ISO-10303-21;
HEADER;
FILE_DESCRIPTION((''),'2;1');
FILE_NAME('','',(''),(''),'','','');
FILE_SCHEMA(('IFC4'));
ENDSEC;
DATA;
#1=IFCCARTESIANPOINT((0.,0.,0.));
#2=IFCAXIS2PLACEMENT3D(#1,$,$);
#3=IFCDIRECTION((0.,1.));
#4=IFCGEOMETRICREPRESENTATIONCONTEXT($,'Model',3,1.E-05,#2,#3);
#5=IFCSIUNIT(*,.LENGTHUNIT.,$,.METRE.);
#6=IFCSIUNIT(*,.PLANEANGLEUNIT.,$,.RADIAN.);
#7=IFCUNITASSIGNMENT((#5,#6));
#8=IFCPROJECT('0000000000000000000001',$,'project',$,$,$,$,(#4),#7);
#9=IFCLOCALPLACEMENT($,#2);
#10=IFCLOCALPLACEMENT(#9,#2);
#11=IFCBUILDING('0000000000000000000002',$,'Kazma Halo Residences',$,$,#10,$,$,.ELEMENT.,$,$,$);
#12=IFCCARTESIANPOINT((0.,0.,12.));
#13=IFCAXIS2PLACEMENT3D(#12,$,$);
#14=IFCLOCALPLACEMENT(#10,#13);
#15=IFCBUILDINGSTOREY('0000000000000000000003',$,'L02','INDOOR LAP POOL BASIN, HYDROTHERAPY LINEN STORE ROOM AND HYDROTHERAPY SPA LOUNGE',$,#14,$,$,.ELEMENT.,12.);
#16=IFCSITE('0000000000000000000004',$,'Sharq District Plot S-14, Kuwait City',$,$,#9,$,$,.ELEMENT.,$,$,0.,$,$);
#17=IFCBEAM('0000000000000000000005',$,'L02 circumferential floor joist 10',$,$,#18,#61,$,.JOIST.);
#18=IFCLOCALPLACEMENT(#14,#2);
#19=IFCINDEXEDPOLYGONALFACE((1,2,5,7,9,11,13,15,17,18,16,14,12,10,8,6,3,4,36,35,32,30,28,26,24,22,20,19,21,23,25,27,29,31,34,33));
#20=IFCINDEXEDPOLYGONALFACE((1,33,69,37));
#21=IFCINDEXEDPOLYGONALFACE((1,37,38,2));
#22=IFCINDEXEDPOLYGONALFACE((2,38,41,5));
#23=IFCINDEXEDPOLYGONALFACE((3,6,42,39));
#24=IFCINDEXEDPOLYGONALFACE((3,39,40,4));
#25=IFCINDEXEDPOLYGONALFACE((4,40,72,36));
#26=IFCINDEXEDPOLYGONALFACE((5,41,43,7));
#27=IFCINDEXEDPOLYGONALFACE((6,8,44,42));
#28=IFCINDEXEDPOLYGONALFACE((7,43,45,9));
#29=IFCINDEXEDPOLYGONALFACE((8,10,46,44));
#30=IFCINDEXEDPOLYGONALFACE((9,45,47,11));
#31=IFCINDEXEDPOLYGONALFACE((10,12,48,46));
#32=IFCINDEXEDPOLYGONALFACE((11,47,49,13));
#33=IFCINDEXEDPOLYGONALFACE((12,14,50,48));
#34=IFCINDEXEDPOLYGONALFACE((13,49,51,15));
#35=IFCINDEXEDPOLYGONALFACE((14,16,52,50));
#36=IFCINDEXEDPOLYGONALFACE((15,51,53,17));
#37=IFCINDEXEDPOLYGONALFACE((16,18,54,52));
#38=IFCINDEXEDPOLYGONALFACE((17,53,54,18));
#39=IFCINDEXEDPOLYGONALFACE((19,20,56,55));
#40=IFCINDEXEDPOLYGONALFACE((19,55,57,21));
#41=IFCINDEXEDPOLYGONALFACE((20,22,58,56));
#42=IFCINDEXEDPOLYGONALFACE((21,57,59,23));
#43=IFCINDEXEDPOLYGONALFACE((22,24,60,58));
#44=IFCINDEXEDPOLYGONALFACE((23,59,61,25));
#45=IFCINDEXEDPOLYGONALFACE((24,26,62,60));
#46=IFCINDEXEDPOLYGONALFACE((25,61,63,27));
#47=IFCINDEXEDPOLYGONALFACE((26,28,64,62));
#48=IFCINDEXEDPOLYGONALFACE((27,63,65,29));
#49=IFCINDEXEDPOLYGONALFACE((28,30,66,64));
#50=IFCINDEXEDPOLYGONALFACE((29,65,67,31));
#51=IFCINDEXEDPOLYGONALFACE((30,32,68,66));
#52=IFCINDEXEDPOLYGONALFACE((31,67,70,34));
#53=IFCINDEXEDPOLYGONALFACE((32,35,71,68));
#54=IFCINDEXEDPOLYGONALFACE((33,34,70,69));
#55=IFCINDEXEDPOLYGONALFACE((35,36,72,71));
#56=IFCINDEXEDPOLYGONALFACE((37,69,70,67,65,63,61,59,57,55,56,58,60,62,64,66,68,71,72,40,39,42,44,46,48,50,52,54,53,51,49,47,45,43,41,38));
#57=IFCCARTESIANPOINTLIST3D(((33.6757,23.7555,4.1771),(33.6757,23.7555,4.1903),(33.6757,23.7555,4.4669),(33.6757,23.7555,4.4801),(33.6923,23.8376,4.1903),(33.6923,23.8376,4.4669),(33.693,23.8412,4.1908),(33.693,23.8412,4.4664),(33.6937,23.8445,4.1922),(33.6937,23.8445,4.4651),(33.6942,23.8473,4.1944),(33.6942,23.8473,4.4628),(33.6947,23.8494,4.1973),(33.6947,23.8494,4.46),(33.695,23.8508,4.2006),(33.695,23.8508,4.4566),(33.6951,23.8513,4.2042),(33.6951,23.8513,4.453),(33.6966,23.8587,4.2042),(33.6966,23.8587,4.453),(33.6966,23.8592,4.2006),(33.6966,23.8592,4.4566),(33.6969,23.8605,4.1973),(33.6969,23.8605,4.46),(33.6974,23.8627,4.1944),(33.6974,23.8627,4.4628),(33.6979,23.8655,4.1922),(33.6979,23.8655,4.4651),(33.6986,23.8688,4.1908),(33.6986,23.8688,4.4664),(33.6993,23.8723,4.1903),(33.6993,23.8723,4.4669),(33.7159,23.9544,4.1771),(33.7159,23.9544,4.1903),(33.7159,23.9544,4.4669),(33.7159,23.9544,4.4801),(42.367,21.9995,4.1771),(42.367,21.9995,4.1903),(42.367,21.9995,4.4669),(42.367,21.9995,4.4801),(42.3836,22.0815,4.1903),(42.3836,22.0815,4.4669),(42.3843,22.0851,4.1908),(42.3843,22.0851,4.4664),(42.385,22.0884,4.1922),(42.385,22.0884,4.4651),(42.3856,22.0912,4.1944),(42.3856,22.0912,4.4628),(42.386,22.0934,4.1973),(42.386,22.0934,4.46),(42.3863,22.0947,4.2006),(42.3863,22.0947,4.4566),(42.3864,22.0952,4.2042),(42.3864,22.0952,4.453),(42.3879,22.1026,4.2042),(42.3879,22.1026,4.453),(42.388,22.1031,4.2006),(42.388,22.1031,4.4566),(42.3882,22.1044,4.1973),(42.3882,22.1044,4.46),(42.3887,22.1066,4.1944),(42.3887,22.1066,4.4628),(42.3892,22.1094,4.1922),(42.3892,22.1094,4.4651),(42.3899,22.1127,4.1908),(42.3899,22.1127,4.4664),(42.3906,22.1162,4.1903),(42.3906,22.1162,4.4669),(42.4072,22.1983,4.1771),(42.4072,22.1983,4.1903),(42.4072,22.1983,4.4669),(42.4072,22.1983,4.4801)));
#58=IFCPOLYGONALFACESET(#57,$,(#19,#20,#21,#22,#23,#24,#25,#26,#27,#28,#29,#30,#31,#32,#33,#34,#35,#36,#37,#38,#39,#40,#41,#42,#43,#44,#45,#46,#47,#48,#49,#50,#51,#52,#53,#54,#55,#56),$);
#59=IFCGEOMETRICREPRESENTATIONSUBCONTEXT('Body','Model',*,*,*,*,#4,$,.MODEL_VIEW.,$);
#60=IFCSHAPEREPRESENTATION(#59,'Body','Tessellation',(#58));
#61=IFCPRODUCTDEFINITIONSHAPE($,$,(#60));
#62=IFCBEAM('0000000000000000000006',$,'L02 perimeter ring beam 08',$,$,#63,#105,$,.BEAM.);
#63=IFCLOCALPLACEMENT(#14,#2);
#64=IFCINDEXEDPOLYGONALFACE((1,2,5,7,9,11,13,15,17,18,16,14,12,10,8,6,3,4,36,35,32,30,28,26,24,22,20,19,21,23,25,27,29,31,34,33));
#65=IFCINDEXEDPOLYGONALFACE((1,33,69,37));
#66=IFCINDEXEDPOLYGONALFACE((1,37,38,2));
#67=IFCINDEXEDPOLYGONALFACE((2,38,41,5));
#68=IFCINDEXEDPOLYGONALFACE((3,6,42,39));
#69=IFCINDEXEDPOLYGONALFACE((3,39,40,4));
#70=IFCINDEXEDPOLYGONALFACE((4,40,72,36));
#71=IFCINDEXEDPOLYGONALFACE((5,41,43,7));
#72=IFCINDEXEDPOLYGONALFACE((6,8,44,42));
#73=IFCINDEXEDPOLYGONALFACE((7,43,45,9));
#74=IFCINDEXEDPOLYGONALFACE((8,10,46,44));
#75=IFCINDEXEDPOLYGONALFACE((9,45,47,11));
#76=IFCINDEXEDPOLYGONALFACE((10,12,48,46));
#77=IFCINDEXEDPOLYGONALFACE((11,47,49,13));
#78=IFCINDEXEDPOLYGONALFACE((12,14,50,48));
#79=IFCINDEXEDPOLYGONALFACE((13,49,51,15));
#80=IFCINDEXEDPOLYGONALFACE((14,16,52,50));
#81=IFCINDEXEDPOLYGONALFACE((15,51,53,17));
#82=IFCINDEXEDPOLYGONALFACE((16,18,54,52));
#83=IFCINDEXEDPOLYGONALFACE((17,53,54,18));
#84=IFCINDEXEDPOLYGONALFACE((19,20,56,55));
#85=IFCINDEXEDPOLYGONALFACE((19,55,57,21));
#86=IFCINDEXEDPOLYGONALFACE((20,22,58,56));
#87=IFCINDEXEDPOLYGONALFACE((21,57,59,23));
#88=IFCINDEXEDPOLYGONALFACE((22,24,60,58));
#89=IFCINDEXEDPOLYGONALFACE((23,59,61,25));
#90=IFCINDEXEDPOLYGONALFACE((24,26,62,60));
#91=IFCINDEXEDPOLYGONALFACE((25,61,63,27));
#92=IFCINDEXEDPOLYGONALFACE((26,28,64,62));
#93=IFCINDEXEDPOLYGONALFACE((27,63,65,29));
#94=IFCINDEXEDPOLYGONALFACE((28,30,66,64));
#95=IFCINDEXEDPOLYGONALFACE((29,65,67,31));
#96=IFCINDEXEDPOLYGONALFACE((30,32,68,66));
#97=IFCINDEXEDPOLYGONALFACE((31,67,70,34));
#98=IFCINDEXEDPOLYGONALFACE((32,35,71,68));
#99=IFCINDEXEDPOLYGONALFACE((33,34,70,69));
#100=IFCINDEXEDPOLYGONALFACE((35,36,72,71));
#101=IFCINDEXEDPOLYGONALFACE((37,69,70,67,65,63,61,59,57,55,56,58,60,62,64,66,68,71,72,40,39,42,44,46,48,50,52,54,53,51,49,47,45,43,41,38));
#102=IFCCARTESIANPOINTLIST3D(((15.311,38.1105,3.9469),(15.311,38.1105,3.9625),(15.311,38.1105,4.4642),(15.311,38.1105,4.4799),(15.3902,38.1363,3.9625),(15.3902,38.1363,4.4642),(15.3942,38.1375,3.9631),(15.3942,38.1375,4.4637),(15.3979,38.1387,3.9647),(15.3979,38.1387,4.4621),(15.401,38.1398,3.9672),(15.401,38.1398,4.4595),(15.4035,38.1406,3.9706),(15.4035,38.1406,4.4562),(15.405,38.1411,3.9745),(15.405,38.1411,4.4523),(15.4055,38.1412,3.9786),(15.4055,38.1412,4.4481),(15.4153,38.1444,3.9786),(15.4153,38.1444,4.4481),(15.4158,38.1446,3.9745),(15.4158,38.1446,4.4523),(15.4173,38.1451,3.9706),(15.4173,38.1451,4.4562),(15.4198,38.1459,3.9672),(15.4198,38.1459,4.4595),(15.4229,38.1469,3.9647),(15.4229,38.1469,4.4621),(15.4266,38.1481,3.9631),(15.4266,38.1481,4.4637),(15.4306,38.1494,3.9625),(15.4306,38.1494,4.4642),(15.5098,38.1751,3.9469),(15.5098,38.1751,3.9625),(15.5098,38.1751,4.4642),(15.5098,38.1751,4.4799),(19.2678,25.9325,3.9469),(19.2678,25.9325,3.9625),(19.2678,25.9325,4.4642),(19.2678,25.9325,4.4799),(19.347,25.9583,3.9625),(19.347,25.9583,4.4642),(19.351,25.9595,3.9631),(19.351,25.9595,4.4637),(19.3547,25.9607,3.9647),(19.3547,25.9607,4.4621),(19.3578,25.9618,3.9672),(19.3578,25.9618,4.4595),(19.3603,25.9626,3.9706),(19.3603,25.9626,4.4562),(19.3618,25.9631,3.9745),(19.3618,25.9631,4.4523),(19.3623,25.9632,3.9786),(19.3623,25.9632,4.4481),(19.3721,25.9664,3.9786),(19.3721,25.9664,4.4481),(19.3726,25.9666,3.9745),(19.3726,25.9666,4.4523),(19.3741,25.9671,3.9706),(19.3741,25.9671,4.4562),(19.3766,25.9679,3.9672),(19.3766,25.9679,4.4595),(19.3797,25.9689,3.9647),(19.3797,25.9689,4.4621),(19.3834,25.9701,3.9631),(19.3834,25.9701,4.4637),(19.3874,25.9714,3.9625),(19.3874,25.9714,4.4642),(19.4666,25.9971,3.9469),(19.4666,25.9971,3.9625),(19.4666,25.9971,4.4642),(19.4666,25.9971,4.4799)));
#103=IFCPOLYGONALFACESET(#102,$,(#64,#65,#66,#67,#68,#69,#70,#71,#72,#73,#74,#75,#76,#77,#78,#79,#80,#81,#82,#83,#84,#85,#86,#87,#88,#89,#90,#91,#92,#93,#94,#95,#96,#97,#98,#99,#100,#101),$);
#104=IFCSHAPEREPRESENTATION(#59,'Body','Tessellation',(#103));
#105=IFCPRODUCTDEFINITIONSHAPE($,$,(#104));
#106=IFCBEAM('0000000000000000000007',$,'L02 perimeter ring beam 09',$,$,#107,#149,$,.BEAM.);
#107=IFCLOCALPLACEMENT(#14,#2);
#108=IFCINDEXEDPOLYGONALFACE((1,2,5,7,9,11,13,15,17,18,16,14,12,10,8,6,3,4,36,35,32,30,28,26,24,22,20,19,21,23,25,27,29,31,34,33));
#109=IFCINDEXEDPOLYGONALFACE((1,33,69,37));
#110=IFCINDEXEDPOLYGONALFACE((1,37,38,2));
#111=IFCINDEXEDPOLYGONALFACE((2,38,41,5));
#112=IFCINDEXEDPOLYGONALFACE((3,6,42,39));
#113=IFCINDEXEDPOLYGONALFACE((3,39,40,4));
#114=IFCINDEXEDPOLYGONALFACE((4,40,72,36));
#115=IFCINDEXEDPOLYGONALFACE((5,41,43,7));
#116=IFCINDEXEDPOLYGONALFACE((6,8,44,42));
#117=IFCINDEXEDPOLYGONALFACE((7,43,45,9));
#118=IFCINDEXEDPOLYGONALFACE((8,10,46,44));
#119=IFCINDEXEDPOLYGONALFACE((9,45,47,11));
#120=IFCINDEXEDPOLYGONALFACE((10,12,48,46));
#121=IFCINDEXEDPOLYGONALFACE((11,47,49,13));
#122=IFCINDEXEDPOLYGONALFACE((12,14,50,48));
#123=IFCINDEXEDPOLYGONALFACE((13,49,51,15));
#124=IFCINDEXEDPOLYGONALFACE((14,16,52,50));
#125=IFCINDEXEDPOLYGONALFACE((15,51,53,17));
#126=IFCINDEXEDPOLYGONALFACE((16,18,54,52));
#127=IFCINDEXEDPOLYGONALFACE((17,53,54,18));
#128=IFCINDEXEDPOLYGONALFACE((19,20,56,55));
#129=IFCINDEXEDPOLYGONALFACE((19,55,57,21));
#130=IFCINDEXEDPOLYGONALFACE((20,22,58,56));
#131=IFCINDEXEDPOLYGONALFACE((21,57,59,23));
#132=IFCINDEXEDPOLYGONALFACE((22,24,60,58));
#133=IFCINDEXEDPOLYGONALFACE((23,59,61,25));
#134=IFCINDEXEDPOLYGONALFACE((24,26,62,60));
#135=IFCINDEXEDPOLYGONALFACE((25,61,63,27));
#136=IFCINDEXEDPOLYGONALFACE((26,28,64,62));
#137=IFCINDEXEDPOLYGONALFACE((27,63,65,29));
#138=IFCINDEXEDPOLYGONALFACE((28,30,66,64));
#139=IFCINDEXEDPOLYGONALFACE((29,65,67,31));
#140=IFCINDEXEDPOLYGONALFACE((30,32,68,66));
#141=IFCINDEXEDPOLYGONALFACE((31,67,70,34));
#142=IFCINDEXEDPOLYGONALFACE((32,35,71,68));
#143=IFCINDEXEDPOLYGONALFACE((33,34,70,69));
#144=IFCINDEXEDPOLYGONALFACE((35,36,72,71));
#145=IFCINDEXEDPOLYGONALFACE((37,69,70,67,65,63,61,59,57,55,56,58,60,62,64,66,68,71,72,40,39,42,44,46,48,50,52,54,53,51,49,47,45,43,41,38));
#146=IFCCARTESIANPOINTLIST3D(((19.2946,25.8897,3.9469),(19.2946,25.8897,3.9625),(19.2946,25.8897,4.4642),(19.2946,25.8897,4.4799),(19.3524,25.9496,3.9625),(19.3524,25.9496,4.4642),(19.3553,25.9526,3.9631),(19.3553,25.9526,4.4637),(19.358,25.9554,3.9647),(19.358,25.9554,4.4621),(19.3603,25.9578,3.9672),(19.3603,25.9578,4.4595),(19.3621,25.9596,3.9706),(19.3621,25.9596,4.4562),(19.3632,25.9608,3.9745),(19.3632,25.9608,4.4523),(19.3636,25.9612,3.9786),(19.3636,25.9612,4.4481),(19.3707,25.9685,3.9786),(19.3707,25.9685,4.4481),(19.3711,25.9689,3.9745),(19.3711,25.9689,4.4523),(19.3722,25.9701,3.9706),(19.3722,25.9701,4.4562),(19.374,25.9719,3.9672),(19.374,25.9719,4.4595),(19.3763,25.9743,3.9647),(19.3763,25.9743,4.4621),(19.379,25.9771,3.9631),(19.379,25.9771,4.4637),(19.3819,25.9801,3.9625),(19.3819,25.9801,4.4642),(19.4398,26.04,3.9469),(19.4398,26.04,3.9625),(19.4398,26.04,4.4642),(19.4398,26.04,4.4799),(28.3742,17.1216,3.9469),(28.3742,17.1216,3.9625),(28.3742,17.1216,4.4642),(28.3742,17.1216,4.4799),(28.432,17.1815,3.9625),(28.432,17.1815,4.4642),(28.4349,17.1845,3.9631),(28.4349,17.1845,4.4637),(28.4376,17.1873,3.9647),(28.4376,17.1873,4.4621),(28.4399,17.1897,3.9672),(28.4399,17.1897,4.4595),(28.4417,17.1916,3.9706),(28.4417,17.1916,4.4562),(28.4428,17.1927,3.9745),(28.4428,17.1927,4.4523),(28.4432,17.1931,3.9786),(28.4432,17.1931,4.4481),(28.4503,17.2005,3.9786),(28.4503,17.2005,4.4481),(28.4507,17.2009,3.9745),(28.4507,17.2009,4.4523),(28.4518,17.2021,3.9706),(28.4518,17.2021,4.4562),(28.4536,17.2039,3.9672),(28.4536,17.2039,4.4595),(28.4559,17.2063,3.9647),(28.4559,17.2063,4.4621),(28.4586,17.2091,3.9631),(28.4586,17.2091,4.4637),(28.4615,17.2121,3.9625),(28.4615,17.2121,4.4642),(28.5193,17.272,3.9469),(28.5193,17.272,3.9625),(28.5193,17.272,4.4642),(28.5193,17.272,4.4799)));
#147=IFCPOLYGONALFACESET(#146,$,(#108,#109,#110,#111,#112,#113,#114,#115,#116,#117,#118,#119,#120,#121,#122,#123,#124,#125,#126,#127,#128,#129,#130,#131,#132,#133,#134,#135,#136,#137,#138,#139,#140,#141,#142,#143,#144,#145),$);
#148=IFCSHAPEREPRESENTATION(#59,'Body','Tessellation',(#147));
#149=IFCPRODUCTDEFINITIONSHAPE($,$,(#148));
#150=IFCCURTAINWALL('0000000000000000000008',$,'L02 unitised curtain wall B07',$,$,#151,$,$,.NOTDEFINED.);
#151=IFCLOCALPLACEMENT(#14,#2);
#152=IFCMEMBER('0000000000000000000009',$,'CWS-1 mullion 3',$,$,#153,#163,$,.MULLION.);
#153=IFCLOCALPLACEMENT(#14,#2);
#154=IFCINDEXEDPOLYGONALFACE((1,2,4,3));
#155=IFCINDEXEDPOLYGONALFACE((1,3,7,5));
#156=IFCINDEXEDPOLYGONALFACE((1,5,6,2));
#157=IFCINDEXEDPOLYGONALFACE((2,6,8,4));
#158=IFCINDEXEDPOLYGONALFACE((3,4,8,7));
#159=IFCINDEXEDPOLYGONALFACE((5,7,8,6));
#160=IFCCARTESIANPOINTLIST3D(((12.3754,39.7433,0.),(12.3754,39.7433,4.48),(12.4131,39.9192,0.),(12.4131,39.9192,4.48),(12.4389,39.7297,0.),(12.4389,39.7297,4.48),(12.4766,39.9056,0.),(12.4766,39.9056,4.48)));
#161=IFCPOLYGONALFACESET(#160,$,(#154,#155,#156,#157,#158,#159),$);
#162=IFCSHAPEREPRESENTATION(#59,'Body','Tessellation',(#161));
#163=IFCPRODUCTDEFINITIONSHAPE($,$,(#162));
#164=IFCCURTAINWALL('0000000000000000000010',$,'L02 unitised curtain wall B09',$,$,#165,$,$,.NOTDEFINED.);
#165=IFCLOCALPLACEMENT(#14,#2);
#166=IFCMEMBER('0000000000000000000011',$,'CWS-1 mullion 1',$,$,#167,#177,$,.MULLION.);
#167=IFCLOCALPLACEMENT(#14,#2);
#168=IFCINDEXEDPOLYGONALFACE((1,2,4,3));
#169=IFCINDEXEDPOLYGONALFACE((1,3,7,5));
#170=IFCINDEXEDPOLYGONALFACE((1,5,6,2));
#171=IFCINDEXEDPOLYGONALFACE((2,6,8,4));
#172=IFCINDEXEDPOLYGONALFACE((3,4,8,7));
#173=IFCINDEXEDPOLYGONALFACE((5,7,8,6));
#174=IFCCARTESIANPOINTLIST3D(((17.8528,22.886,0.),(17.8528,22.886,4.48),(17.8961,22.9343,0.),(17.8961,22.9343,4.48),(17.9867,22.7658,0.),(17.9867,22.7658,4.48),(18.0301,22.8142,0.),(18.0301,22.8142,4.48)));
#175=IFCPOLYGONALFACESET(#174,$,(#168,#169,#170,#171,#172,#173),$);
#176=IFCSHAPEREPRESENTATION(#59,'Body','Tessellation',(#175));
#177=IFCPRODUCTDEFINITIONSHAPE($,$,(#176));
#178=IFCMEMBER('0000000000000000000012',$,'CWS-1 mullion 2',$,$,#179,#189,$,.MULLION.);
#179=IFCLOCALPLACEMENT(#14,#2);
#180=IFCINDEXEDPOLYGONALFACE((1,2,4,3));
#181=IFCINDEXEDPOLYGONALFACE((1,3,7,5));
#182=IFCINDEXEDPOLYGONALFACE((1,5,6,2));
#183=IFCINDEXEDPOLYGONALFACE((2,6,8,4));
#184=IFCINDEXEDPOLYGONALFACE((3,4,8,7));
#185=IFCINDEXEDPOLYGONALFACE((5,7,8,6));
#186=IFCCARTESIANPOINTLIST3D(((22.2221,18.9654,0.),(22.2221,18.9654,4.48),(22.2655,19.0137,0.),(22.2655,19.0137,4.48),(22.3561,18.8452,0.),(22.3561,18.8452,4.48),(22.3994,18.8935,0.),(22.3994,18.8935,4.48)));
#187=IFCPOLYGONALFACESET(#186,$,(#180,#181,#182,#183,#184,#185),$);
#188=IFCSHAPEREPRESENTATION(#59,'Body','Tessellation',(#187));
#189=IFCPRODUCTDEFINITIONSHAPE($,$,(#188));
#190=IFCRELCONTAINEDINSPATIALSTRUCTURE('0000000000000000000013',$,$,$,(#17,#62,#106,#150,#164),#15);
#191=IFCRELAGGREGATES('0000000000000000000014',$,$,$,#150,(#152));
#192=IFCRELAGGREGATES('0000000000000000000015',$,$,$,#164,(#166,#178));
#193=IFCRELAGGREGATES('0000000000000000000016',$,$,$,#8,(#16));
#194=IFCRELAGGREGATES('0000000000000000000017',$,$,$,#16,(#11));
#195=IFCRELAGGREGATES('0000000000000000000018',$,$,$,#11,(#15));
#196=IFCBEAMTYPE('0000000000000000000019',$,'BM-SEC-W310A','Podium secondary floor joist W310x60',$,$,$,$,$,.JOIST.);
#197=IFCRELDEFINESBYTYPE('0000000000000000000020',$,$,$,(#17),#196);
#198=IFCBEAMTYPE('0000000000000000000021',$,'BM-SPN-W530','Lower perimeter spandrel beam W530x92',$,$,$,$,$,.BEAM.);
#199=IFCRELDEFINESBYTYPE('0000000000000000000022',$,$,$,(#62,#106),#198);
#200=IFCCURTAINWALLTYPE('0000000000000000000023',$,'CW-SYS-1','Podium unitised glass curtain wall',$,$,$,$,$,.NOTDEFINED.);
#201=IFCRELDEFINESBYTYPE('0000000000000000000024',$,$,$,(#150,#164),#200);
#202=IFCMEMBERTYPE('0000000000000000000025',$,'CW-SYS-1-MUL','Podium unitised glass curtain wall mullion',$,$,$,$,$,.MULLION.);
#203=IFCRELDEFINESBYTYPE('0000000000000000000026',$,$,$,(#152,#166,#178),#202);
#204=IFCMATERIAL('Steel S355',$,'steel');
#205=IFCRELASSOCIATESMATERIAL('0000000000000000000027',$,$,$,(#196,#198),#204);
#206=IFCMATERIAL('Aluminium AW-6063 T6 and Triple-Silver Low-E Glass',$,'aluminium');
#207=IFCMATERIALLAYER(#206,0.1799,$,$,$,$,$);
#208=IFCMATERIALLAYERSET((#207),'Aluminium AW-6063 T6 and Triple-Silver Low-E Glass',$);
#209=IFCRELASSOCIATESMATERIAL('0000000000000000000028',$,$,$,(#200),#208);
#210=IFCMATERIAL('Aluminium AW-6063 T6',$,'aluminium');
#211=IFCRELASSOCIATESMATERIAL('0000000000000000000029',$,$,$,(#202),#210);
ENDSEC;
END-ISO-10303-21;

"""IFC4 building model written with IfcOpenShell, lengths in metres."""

from ifc_helpers import new_model, si_unit, direction, frame, origin, origin_2d, place, context, subcontext, project, spatial, rectangle, i_section, extrude, material, layer, layer_set, material_profile, profile_set, type_object, element, aggregate, save


model = new_model("IFC4")

# Units and contexts
model_context = context("Model", 3, precision=1e-05, world=origin(), true_north=direction((0.0, 1.0)))
body_context = subcontext(model_context, "Body", "Model", "MODEL_VIEW")
ifc_project = project(units=[si_unit("LENGTHUNIT", "METRE"), si_unit("PLANEANGLEUNIT", "RADIAN")], contexts=[model_context])

# Site, building, storey
site_placement = place(None, origin())
site = spatial("IfcSite", under=ifc_project, at=site_placement, Name="Sharq District Plot S-14, Kuwait City", CompositionType="ELEMENT", RefElevation=0.0)
building_placement = place(site_placement, origin())
building = spatial("IfcBuilding", under=site, at=building_placement, Name="Kazma Halo Residences", CompositionType="ELEMENT")
storey_placement = place(building_placement, frame((0.0, 0.0, 12.0)))
storey = spatial("IfcBuildingStorey", under=building, at=storey_placement, Name="L02", Description="INDOOR LAP POOL BASIN, HYDROTHERAPY LINEN STORE ROOM AND HYDROTHERAPY SPA LOUNGE", CompositionType="ELEMENT", Elevation=12.0)

# Beams
ifc_material_1 = material(Name="Steel S355", Category="steel")
ifc_material_profile_1 = material_profile(ifc_material_1, i_section(OverallWidth=0.2029, OverallDepth=0.303, WebThickness=0.0076, FlangeThickness=0.0132, FilletRadius=0.0139, at=origin_2d()), Name="W310x60")
ifc_profile_set_1 = profile_set([ifc_material_profile_1], Name="Steel S355")
beam_type_1 = type_object("IfcBeamType", Name="BM-SEC-W310A", Description="Podium secondary floor joist W310x60", PredefinedType="JOIST", material=ifc_profile_set_1)
beam_1_placement = place(storey_placement, frame((33.6958, 23.855, 4.3286), z_axis=(0.980192, -0.198048, 0.0), x_axis=(0.198048, 0.980192, 0.0)))
element("IfcBeam", 1, at=beam_1_placement, inside=storey, type_object=beam_type_1, Name="L02 circumferential floor joist 10", PredefinedType="JOIST", context=body_context, shape_type="SweptSolid", body=[
    extrude(i_section(OverallWidth=0.2029, OverallDepth=0.303, WebThickness=0.0076, FlangeThickness=0.0132, FilletRadius=0.0139, at=origin_2d()), origin(), (0.0, 0.0, 1.0), 8.8669),
])
ifc_material_profile_2 = material_profile(ifc_material_1, i_section(OverallWidth=0.209, OverallDepth=0.533, WebThickness=0.0103, FlangeThickness=0.0156, FilletRadius=0.0161, at=origin_2d()), Name="W530x92")
ifc_profile_set_2 = profile_set([ifc_material_profile_2], Name="Steel S355")
beam_type_2 = type_object("IfcBeamType", Name="BM-SPN-W530", Description="Lower perimeter spandrel beam W530x92", PredefinedType="BEAM", material=ifc_profile_set_2)
beam_2_placement = place(storey_placement, frame((15.4104, 38.1428, 4.2134), z_axis=(0.309011, -0.951058, 0.0), x_axis=(0.951058, 0.309011, 0.0)))
element("IfcBeam", 2, at=beam_2_placement, inside=storey, type_object=beam_type_2, Name="L02 perimeter ring beam 08", PredefinedType="BEAM", context=body_context, shape_type="SweptSolid", body=[
    extrude(i_section(OverallWidth=0.209, OverallDepth=0.533, WebThickness=0.0103, FlangeThickness=0.0156, FilletRadius=0.0161, at=origin_2d()), origin(), (0.0, 0.0, 1.0), 12.8047),
])
beam_3_placement = place(storey_placement, frame((19.3672, 25.9648, 4.2134), z_axis=(0.719339, -0.694659, 0.0), x_axis=(0.694659, 0.719339, 0.0)))
element("IfcBeam", 3, at=beam_3_placement, inside=storey, type_object=beam_type_2, Name="L02 perimeter ring beam 09", PredefinedType="BEAM", context=body_context, shape_type="SweptSolid", body=[
    extrude(i_section(OverallWidth=0.209, OverallDepth=0.533, WebThickness=0.0103, FlangeThickness=0.0156, FilletRadius=0.0161, at=origin_2d()), origin(), (0.0, 0.0, 1.0), 12.6221),
])

# Curtain wall, member
ifc_material_2 = material(Name="Aluminium AW-6063 T6 and Triple-Silver Low-E Glass", Category="aluminium")
ifc_layer_1 = layer(ifc_material_2, 0.1799)
ifc_layer_set_1 = layer_set([ifc_layer_1], Name="Aluminium AW-6063 T6 and Triple-Silver Low-E Glass")
curtain_wall_type = type_object("IfcCurtainWallType", Name="CW-SYS-1", Description="Podium unitised glass curtain wall", PredefinedType="NOTDEFINED", material=ifc_layer_set_1)
curtain_wall_1_placement = place(storey_placement, origin())
curtain_wall_1 = element("IfcCurtainWall", 4, at=curtain_wall_1_placement, inside=storey, type_object=curtain_wall_type, Name="L02 unitised curtain wall B07", PredefinedType="NOTDEFINED")
ifc_material_3 = material(Name="Aluminium AW-6063 T6", Category="aluminium")
ifc_material_profile_3 = material_profile(ifc_material_3, rectangle(XDim=0.0649, YDim=0.1799, at=origin_2d()), Name="CWM-65x180")
ifc_profile_set_3 = profile_set([ifc_material_profile_3], Name="Aluminium AW-6063 T6")
member_type_1 = type_object("IfcMemberType", Name="CW-SYS-1-MUL", Description="Podium unitised glass curtain wall mullion", PredefinedType="MULLION", material=ifc_profile_set_3)
member_1_placement = place(storey_placement, frame((12.426, 39.8245, 0.0), z_axis=(0.0, 0.0, 1.0), x_axis=(0.977788, -0.209596, 0.0)))
member_1 = element("IfcMember", 5, at=member_1_placement, type_object=member_type_1, Name="CWS-1 mullion 3", PredefinedType="MULLION", context=body_context, shape_type="SweptSolid", body=[
    extrude(rectangle(XDim=0.0649, YDim=0.1799, at=origin_2d()), origin(), (0.0, 0.0, 1.0), 4.48),
])
aggregate(curtain_wall_1, [member_1])

# Curtain wall, members
curtain_wall_2_placement = place(storey_placement, origin())
curtain_wall_2 = element("IfcCurtainWall", 6, at=curtain_wall_2_placement, inside=storey, type_object=curtain_wall_type, Name="L02 unitised curtain wall B09", PredefinedType="NOTDEFINED")
member_2_placement = place(storey_placement, frame((17.9414, 22.8501, 0.0), z_axis=(0.0, 0.0, 1.0), x_axis=(0.667848, 0.744298, 0.0)))
member_2 = element("IfcMember", 7, at=member_2_placement, type_object=member_type_1, Name="CWS-1 mullion 1", PredefinedType="MULLION", context=body_context, shape_type="SweptSolid", body=[
    extrude(rectangle(XDim=0.0649, YDim=0.1799, at=origin_2d()), origin(), (0.0, 0.0, 1.0), 4.48),
])
member_3_placement = place(storey_placement, frame((22.3108, 18.9294, 0.0), z_axis=(0.0, 0.0, 1.0), x_axis=(0.667848, 0.744298, 0.0)))
member_3 = element("IfcMember", 8, at=member_3_placement, type_object=member_type_1, Name="CWS-1 mullion 2", PredefinedType="MULLION", context=body_context, shape_type="SweptSolid", body=[
    extrude(rectangle(XDim=0.0649, YDim=0.1799, at=origin_2d()), origin(), (0.0, 0.0, 1.0), 4.48),
])
aggregate(curtain_wall_2, [member_2, member_3])

save(model, "model.ifc")
